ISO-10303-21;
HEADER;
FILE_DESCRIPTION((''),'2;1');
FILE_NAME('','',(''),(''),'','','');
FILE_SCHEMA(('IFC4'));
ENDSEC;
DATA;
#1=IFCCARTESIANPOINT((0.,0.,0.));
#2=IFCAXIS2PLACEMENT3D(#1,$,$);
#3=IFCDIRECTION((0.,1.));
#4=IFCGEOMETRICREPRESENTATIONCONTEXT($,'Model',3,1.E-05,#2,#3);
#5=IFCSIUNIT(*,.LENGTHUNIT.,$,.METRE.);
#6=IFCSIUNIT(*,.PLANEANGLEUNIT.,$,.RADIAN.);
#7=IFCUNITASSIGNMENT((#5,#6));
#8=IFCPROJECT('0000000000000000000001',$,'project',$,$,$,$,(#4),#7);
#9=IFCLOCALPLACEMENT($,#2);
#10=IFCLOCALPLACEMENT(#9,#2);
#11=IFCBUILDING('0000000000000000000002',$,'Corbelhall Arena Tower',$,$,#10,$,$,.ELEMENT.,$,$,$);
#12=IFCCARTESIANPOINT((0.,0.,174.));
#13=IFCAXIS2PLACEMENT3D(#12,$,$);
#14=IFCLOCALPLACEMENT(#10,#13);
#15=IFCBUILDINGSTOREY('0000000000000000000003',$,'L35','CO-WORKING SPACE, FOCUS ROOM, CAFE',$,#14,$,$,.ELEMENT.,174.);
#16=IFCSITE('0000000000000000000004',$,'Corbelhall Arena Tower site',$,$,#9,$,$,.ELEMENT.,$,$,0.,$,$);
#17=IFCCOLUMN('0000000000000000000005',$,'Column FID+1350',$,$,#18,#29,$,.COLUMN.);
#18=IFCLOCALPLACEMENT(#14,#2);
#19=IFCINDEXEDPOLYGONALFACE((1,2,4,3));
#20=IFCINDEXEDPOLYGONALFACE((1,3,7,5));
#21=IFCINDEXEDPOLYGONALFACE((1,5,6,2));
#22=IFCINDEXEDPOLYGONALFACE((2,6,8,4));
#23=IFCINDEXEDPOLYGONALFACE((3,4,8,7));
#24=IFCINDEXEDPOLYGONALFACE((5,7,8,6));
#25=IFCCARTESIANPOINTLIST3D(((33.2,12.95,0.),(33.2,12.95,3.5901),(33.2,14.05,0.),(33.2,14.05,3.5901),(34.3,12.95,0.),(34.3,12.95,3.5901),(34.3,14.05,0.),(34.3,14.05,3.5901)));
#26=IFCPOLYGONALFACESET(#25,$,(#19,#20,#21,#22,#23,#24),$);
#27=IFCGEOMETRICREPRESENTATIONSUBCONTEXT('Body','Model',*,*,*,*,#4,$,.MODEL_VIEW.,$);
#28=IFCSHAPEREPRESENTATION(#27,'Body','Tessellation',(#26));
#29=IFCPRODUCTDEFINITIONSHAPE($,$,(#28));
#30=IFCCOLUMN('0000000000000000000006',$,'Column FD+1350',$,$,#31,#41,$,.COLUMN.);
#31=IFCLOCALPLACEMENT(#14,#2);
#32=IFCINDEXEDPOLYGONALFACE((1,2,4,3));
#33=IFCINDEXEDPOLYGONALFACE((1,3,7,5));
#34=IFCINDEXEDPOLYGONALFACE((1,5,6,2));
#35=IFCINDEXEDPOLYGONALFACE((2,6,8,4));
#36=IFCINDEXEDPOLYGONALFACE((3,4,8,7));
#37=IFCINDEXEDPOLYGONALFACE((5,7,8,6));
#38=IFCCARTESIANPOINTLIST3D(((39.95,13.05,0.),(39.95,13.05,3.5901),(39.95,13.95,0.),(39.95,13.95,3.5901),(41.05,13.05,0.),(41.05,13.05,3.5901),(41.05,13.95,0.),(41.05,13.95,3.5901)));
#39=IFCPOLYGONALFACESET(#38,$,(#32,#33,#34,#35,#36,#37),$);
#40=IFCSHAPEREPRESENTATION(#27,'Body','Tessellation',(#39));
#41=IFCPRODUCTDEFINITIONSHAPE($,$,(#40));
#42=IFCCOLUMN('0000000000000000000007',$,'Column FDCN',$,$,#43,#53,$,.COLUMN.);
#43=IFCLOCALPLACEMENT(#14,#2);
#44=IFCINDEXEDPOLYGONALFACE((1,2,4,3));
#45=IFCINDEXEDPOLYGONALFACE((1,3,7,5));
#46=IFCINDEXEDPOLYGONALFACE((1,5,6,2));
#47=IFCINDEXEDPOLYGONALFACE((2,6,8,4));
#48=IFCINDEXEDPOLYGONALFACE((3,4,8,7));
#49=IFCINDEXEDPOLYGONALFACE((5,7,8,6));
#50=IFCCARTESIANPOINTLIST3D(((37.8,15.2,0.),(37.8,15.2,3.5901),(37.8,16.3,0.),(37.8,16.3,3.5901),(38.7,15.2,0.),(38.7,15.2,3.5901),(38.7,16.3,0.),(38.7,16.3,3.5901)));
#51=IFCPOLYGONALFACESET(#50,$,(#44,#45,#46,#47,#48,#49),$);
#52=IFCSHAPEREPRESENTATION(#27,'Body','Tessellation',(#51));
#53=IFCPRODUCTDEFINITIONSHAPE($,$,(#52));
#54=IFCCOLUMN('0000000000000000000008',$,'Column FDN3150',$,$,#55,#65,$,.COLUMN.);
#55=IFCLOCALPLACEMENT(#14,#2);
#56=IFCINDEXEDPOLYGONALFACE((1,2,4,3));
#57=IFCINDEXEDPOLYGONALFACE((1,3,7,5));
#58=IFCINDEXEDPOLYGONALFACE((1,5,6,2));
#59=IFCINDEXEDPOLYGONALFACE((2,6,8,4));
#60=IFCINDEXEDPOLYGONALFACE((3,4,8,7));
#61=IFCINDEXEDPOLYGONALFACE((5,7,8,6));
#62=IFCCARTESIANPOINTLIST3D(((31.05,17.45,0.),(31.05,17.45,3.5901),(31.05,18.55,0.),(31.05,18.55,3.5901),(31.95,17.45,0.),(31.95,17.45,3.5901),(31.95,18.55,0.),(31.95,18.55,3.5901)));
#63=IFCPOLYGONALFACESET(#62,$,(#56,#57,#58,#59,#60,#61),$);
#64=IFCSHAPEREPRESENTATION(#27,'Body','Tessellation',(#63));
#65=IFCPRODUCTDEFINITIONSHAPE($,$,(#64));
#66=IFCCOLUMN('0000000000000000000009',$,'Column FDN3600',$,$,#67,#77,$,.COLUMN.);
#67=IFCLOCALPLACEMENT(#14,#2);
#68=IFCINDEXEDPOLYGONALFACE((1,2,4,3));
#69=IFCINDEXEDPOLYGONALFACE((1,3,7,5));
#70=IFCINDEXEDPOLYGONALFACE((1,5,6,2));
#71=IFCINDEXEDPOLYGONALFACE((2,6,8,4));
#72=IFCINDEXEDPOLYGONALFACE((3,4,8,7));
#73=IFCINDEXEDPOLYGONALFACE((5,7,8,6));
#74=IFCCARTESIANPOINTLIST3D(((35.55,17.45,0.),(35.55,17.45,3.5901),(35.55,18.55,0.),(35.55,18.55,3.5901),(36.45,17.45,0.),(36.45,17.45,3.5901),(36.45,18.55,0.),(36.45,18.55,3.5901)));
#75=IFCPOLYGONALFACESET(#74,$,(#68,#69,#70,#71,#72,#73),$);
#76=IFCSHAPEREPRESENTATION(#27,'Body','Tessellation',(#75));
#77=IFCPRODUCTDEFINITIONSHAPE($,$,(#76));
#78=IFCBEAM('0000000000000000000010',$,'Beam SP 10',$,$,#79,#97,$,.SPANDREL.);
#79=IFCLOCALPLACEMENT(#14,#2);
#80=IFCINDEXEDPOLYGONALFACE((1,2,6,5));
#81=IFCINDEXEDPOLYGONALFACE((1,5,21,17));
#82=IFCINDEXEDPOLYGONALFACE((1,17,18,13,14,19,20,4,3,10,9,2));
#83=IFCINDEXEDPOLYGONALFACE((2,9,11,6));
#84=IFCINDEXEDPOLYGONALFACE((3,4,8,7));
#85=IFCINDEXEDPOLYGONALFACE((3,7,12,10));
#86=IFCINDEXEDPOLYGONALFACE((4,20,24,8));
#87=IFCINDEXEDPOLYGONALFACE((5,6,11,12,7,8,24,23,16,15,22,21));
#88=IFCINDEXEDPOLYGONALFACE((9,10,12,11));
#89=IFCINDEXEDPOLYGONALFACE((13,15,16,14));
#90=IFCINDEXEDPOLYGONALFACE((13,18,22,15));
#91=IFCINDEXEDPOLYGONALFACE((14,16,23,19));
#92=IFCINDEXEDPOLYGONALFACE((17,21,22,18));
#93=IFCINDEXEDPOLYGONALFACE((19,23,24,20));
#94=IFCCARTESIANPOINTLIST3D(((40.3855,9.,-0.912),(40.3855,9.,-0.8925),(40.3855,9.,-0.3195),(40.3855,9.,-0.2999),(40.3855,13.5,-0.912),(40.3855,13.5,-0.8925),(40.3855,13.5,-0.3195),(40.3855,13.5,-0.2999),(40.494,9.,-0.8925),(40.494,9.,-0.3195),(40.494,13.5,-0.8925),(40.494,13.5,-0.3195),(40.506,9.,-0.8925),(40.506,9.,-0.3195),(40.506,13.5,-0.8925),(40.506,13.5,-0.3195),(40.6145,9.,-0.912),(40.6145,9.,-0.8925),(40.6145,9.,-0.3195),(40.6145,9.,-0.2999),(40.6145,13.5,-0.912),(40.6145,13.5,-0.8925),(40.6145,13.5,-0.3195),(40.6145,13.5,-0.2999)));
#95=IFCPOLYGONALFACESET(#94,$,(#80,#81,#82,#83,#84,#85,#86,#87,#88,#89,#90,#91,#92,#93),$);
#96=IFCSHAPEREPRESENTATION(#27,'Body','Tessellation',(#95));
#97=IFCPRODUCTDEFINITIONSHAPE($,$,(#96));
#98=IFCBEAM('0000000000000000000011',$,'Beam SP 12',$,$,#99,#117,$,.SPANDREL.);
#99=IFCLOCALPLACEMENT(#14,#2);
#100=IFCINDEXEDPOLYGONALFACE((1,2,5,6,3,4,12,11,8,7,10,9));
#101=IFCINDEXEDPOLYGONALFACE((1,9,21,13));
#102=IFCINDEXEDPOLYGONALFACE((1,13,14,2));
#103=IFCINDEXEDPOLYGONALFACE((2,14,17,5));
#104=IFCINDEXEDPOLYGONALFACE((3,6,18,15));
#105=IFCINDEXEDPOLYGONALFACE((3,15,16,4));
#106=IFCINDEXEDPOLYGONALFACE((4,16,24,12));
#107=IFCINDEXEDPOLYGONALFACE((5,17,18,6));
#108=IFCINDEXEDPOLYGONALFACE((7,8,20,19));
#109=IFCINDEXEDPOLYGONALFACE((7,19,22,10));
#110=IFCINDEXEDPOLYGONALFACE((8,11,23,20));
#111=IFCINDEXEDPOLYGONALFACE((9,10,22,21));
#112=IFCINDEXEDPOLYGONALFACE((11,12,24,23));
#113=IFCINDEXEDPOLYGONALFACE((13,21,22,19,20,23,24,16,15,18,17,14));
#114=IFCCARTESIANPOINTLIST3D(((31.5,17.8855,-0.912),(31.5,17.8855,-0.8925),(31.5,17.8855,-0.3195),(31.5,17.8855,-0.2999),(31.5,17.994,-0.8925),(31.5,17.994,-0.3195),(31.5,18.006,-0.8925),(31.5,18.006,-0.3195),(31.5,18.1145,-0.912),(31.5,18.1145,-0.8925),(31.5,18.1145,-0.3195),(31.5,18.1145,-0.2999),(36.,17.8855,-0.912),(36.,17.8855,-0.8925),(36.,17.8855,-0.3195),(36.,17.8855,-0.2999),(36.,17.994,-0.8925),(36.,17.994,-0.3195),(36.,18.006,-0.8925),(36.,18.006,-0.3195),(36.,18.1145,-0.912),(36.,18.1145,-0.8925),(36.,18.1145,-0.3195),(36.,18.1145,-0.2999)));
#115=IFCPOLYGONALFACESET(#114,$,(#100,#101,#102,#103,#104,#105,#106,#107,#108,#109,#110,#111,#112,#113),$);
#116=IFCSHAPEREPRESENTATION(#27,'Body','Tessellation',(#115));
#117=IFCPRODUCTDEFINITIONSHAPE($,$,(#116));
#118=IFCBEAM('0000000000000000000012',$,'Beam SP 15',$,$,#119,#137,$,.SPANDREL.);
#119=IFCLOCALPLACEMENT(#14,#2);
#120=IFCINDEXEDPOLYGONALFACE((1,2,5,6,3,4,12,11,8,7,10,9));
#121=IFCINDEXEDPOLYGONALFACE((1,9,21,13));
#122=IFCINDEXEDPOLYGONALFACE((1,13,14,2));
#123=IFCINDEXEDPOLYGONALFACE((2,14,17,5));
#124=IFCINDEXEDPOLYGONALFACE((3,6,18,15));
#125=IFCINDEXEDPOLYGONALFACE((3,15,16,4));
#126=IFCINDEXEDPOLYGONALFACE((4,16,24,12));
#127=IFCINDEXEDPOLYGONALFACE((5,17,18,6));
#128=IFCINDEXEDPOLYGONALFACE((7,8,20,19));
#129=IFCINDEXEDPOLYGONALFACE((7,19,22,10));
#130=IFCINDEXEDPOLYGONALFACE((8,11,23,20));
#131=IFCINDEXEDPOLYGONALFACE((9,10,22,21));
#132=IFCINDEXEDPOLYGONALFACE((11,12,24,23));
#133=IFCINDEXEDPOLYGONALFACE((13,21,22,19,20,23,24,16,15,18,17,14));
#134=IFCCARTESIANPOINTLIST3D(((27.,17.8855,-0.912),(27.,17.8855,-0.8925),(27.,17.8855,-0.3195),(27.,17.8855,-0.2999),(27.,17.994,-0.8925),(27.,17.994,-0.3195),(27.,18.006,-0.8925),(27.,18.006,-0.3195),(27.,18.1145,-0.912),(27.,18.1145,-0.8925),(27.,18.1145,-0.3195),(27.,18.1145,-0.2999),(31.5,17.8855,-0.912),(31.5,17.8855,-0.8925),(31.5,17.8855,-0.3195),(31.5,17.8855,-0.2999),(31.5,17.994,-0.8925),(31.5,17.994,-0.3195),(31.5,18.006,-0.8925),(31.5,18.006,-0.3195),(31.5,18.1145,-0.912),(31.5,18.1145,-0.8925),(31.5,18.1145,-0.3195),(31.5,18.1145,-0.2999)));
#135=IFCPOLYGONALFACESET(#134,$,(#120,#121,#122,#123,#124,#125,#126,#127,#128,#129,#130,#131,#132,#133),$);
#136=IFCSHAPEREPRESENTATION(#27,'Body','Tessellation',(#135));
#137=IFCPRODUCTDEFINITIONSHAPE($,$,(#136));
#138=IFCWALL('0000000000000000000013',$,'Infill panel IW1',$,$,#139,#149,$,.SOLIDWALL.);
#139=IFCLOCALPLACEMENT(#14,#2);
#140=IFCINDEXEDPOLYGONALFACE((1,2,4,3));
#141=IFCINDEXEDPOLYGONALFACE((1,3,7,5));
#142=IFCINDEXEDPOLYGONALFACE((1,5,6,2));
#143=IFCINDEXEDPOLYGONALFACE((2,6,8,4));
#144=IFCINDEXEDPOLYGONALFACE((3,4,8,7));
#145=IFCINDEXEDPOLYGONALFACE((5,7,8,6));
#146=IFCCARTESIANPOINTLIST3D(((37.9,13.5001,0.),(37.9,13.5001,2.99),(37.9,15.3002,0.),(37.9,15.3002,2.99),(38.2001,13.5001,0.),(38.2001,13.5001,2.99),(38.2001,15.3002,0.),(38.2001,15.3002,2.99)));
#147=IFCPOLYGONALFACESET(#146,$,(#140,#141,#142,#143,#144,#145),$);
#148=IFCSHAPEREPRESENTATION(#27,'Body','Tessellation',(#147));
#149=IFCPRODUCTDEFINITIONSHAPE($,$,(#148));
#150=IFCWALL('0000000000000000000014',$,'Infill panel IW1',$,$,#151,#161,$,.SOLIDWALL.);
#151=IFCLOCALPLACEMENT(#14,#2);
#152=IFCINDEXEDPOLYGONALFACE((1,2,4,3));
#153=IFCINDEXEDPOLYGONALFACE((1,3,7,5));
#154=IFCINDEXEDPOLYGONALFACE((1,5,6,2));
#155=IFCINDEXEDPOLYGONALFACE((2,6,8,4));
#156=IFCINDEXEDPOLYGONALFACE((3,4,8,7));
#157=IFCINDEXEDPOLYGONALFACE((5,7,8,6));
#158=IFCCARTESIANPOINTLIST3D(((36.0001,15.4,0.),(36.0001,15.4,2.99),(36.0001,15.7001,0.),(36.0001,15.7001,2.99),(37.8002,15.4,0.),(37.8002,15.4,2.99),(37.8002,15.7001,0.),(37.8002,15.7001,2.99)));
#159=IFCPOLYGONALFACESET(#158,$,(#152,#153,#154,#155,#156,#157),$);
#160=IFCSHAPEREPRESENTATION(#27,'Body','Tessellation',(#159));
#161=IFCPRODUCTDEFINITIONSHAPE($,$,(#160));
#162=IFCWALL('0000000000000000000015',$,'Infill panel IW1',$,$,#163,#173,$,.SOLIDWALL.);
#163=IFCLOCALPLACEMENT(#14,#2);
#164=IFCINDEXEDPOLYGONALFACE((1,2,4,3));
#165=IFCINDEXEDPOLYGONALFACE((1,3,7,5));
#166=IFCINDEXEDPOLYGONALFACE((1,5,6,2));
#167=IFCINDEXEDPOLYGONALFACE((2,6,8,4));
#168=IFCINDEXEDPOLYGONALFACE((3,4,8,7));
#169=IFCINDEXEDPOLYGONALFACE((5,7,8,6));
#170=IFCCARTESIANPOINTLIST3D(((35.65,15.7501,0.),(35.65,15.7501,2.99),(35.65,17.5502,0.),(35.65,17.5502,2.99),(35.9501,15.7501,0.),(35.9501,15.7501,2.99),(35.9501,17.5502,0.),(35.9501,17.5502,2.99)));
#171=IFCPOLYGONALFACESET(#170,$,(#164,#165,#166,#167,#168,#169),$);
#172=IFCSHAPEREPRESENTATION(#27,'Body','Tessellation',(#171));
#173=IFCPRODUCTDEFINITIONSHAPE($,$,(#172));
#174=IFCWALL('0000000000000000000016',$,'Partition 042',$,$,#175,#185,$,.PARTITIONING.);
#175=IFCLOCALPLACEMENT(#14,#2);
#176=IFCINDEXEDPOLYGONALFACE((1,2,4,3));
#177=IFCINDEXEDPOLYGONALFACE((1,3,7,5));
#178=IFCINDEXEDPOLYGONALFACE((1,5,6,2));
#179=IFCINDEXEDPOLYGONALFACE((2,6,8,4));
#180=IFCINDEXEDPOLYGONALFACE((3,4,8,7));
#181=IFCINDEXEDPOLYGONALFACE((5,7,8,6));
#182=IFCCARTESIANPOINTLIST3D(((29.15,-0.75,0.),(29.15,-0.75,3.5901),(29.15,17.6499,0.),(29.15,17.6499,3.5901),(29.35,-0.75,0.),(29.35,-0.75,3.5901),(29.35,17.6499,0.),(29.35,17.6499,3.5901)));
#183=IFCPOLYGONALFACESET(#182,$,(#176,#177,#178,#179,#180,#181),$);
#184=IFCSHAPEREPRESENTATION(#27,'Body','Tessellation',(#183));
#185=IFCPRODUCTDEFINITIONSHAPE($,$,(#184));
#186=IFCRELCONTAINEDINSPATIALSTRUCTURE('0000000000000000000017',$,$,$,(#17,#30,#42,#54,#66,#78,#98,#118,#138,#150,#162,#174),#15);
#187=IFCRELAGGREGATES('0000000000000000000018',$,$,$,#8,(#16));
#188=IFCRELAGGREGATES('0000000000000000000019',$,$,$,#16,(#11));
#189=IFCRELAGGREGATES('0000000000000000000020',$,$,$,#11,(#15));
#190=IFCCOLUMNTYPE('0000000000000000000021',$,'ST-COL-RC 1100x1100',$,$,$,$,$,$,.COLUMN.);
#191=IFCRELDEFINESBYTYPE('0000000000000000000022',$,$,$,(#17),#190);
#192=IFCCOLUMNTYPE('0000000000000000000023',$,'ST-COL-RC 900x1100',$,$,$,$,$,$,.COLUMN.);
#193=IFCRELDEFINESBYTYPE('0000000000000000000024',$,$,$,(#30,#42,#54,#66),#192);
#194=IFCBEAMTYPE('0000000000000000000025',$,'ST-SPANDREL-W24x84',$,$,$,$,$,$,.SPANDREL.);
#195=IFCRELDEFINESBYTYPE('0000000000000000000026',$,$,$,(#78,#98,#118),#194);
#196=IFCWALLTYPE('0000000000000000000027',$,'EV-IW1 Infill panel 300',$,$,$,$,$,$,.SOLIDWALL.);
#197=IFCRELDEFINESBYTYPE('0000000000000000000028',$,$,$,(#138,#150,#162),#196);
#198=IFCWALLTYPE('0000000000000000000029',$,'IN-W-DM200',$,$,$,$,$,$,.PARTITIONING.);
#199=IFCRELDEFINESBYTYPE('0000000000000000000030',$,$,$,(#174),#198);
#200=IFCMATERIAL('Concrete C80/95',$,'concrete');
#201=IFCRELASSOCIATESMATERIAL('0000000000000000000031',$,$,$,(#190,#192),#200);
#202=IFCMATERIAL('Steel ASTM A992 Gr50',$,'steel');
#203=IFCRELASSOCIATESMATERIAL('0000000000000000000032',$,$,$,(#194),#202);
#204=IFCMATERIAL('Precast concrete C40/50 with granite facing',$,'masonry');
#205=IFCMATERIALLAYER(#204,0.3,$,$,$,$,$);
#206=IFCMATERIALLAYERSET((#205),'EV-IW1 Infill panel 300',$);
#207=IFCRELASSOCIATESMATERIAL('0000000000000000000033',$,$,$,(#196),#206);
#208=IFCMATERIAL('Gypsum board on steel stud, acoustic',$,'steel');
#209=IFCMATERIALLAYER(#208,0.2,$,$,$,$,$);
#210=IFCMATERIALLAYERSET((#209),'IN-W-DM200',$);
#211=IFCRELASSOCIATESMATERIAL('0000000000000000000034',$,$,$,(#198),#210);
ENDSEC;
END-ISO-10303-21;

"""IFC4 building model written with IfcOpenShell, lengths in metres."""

from ifc_helpers import new_model, si_unit, direction, frame, frame_2d, origin, origin_2d, place, context, subcontext, project, spatial, rectangle, i_section, extrude, material, layer, layer_set, material_profile, profile_set, type_object, element, save


model = new_model("IFC4")

# Units and contexts
model_context = context("Model", 3, precision=1e-05, world=origin(), true_north=direction((0.0, 1.0)))
body_context = subcontext(model_context, "Body", "Model", "MODEL_VIEW")
ifc_project = project(units=[si_unit("LENGTHUNIT", "METRE"), si_unit("PLANEANGLEUNIT", "RADIAN")], contexts=[model_context])

# Site, building, storey
site_placement = place(None, origin())
site = spatial("IfcSite", under=ifc_project, at=site_placement, Name="Corbelhall Arena Tower site", CompositionType="ELEMENT", RefElevation=0.0)
building_placement = place(site_placement, origin())
building = spatial("IfcBuilding", under=site, at=building_placement, Name="Corbelhall Arena Tower", CompositionType="ELEMENT")
storey_placement = place(building_placement, frame((0.0, 0.0, 174.0)))
storey = spatial("IfcBuildingStorey", under=building, at=storey_placement, Name="L35", Description="CO-WORKING SPACE, FOCUS ROOM, CAFE", CompositionType="ELEMENT", Elevation=174.0)

# Columns
ifc_material_1 = material(Name="Concrete C80/95", Category="concrete")
ifc_material_profile_1 = material_profile(ifc_material_1, rectangle(XDim=1.1001, YDim=1.1001, at=origin_2d()))
ifc_profile_set_1 = profile_set([ifc_material_profile_1], Name="Concrete C80/95")
column_type_1 = type_object("IfcColumnType", Name="ST-COL-RC 1100x1100", PredefinedType="COLUMN", material=ifc_profile_set_1)
column_placement = place(storey_placement, frame((33.75, 13.5, 0.0), z_axis=(0.0, 0.0, 1.0), x_axis=(1.0, 0.0, 0.0)))
element("IfcColumn", 1, at=column_placement, inside=storey, type_object=column_type_1, Name="Column FID+1350", PredefinedType="COLUMN", context=body_context, shape_type="SweptSolid", body=[
    extrude(rectangle(XDim=1.1001, YDim=1.1001, at=origin_2d()), origin(), (0.0, 0.0, 1.0), 3.5901),
])
ifc_material_profile_2 = material_profile(ifc_material_1, rectangle(XDim=0.8999, YDim=1.1001, at=origin_2d()))
ifc_profile_set_2 = profile_set([ifc_material_profile_2], Name="Concrete C80/95")
column_type_2 = type_object("IfcColumnType", Name="ST-COL-RC 900x1100", PredefinedType="COLUMN", material=ifc_profile_set_2)
for number, where, z_axis, x_axis, name in (
    (2, (40.5, 13.5, 0.0), (0.0, 0.0, 1.0), (0.0, 1.0, 0.0), "Column FD+1350"),
    (3, (38.25, 15.75, 0.0), (0.0, 0.0, 1.0), (1.0, 0.0, 0.0), "Column FDCN"),
    (4, (31.5, 18.0, 0.0), (0.0, 0.0, 1.0), (1.0, 0.0, 0.0), "Column FDN3150"),
    (5, (36.0, 18.0, 0.0), (0.0, 0.0, 1.0), (1.0, 0.0, 0.0), "Column FDN3600"),
):
    element("IfcColumn", number, at=place(storey_placement, frame(where, z_axis=z_axis, x_axis=x_axis)), inside=storey, type_object=column_type_2, Name=name, PredefinedType="COLUMN", context=body_context, shape_type="SweptSolid", body=[
        extrude(rectangle(XDim=0.8999, YDim=1.1001, at=origin_2d()), origin(), (0.0, 0.0, 1.0), 3.5901),
    ])

# Beams
ifc_material_2 = material(Name="Steel ASTM A992 Gr50", Category="steel")
ifc_material_profile_3 = material_profile(ifc_material_2, i_section(OverallWidth=0.229, OverallDepth=0.6121, WebThickness=0.012, FlangeThickness=0.0195, at=origin_2d()))
ifc_profile_set_3 = profile_set([ifc_material_profile_3], Name="Steel ASTM A992 Gr50")
beam_type = type_object("IfcBeamType", Name="ST-SPANDREL-W24x84", PredefinedType="SPANDREL", material=ifc_profile_set_3)
for number, where, z_axis, x_axis, name in (
    (6, (40.5, 13.5, -0.606), (0.0, -1.0, 0.0), (1.0, 0.0, 0.0), "Beam SP 10"),
    (7, (31.5, 18.0, -0.606), (1.0, 0.0, 0.0), (0.0, 1.0, 0.0), "Beam SP 12"),
    (8, (27.0, 18.0, -0.606), (1.0, 0.0, 0.0), (0.0, 1.0, 0.0), "Beam SP 15"),
):
    element("IfcBeam", number, at=place(storey_placement, frame(where, z_axis=z_axis, x_axis=x_axis)), inside=storey, type_object=beam_type, Name=name, PredefinedType="SPANDREL", context=body_context, shape_type="SweptSolid", body=[
        extrude(i_section(OverallWidth=0.229, OverallDepth=0.6121, WebThickness=0.012, FlangeThickness=0.0195, at=origin_2d()), origin(), (0.0, 0.0, 1.0), 4.5),
    ])

# Walls
ifc_material_3 = material(Name="Precast concrete C40/50 with granite facing", Category="masonry")
ifc_layer_1 = layer(ifc_material_3, 0.3)
ifc_layer_set_1 = layer_set([ifc_layer_1], Name="EV-IW1 Infill panel 300")
wall_type_1 = type_object("IfcWallType", Name="EV-IW1 Infill panel 300", PredefinedType="SOLIDWALL", material=ifc_layer_set_1)
for number, where, z_axis, x_axis, name in (
    (9, (38.05, 15.3, 0.0), (0.0, 0.0, 1.0), (0.0, -1.0, 0.0), "Infill panel IW1"),
    (10, (37.8, 15.55, 0.0), (0.0, 0.0, 1.0), (-1.0, 0.0, 0.0), "Infill panel IW1"),
    (11, (35.8, 17.55, 0.0), (0.0, 0.0, 1.0), (0.0, -1.0, 0.0), "Infill panel IW1"),
):
    element("IfcWall", number, at=place(storey_placement, frame(where, z_axis=z_axis, x_axis=x_axis)), inside=storey, type_object=wall_type_1, Name=name, PredefinedType="SOLIDWALL", context=body_context, shape_type="SweptSolid", body=[
        extrude(rectangle(XDim=1.8, YDim=0.3, at=frame_2d((0.8999, 0.0))), origin(), (0.0, 0.0, 1.0), 2.99),
    ])

# Wall
ifc_material_4 = material(Name="Gypsum board on steel stud, acoustic", Category="steel")
ifc_layer_2 = layer(ifc_material_4, 0.2)
ifc_layer_set_2 = layer_set([ifc_layer_2], Name="IN-W-DM200")
wall_type_2 = type_object("IfcWallType", Name="IN-W-DM200", PredefinedType="PARTITIONING", material=ifc_layer_set_2)
wall_1_placement = place(storey_placement, frame((29.25, 17.6499, 0.0), z_axis=(0.0, 0.0, 1.0), x_axis=(0.0, -1.0, 0.0)))
element("IfcWall", 12, at=wall_1_placement, inside=storey, type_object=wall_type_2, Name="Partition 042", PredefinedType="PARTITIONING", context=body_context, shape_type="SweptSolid", body=[
    extrude(rectangle(XDim=18.3999, YDim=0.2, at=frame_2d((9.2, 0.0))), origin(), (0.0, 0.0, 1.0), 3.5901),
])

save(model, "model.ifc")
